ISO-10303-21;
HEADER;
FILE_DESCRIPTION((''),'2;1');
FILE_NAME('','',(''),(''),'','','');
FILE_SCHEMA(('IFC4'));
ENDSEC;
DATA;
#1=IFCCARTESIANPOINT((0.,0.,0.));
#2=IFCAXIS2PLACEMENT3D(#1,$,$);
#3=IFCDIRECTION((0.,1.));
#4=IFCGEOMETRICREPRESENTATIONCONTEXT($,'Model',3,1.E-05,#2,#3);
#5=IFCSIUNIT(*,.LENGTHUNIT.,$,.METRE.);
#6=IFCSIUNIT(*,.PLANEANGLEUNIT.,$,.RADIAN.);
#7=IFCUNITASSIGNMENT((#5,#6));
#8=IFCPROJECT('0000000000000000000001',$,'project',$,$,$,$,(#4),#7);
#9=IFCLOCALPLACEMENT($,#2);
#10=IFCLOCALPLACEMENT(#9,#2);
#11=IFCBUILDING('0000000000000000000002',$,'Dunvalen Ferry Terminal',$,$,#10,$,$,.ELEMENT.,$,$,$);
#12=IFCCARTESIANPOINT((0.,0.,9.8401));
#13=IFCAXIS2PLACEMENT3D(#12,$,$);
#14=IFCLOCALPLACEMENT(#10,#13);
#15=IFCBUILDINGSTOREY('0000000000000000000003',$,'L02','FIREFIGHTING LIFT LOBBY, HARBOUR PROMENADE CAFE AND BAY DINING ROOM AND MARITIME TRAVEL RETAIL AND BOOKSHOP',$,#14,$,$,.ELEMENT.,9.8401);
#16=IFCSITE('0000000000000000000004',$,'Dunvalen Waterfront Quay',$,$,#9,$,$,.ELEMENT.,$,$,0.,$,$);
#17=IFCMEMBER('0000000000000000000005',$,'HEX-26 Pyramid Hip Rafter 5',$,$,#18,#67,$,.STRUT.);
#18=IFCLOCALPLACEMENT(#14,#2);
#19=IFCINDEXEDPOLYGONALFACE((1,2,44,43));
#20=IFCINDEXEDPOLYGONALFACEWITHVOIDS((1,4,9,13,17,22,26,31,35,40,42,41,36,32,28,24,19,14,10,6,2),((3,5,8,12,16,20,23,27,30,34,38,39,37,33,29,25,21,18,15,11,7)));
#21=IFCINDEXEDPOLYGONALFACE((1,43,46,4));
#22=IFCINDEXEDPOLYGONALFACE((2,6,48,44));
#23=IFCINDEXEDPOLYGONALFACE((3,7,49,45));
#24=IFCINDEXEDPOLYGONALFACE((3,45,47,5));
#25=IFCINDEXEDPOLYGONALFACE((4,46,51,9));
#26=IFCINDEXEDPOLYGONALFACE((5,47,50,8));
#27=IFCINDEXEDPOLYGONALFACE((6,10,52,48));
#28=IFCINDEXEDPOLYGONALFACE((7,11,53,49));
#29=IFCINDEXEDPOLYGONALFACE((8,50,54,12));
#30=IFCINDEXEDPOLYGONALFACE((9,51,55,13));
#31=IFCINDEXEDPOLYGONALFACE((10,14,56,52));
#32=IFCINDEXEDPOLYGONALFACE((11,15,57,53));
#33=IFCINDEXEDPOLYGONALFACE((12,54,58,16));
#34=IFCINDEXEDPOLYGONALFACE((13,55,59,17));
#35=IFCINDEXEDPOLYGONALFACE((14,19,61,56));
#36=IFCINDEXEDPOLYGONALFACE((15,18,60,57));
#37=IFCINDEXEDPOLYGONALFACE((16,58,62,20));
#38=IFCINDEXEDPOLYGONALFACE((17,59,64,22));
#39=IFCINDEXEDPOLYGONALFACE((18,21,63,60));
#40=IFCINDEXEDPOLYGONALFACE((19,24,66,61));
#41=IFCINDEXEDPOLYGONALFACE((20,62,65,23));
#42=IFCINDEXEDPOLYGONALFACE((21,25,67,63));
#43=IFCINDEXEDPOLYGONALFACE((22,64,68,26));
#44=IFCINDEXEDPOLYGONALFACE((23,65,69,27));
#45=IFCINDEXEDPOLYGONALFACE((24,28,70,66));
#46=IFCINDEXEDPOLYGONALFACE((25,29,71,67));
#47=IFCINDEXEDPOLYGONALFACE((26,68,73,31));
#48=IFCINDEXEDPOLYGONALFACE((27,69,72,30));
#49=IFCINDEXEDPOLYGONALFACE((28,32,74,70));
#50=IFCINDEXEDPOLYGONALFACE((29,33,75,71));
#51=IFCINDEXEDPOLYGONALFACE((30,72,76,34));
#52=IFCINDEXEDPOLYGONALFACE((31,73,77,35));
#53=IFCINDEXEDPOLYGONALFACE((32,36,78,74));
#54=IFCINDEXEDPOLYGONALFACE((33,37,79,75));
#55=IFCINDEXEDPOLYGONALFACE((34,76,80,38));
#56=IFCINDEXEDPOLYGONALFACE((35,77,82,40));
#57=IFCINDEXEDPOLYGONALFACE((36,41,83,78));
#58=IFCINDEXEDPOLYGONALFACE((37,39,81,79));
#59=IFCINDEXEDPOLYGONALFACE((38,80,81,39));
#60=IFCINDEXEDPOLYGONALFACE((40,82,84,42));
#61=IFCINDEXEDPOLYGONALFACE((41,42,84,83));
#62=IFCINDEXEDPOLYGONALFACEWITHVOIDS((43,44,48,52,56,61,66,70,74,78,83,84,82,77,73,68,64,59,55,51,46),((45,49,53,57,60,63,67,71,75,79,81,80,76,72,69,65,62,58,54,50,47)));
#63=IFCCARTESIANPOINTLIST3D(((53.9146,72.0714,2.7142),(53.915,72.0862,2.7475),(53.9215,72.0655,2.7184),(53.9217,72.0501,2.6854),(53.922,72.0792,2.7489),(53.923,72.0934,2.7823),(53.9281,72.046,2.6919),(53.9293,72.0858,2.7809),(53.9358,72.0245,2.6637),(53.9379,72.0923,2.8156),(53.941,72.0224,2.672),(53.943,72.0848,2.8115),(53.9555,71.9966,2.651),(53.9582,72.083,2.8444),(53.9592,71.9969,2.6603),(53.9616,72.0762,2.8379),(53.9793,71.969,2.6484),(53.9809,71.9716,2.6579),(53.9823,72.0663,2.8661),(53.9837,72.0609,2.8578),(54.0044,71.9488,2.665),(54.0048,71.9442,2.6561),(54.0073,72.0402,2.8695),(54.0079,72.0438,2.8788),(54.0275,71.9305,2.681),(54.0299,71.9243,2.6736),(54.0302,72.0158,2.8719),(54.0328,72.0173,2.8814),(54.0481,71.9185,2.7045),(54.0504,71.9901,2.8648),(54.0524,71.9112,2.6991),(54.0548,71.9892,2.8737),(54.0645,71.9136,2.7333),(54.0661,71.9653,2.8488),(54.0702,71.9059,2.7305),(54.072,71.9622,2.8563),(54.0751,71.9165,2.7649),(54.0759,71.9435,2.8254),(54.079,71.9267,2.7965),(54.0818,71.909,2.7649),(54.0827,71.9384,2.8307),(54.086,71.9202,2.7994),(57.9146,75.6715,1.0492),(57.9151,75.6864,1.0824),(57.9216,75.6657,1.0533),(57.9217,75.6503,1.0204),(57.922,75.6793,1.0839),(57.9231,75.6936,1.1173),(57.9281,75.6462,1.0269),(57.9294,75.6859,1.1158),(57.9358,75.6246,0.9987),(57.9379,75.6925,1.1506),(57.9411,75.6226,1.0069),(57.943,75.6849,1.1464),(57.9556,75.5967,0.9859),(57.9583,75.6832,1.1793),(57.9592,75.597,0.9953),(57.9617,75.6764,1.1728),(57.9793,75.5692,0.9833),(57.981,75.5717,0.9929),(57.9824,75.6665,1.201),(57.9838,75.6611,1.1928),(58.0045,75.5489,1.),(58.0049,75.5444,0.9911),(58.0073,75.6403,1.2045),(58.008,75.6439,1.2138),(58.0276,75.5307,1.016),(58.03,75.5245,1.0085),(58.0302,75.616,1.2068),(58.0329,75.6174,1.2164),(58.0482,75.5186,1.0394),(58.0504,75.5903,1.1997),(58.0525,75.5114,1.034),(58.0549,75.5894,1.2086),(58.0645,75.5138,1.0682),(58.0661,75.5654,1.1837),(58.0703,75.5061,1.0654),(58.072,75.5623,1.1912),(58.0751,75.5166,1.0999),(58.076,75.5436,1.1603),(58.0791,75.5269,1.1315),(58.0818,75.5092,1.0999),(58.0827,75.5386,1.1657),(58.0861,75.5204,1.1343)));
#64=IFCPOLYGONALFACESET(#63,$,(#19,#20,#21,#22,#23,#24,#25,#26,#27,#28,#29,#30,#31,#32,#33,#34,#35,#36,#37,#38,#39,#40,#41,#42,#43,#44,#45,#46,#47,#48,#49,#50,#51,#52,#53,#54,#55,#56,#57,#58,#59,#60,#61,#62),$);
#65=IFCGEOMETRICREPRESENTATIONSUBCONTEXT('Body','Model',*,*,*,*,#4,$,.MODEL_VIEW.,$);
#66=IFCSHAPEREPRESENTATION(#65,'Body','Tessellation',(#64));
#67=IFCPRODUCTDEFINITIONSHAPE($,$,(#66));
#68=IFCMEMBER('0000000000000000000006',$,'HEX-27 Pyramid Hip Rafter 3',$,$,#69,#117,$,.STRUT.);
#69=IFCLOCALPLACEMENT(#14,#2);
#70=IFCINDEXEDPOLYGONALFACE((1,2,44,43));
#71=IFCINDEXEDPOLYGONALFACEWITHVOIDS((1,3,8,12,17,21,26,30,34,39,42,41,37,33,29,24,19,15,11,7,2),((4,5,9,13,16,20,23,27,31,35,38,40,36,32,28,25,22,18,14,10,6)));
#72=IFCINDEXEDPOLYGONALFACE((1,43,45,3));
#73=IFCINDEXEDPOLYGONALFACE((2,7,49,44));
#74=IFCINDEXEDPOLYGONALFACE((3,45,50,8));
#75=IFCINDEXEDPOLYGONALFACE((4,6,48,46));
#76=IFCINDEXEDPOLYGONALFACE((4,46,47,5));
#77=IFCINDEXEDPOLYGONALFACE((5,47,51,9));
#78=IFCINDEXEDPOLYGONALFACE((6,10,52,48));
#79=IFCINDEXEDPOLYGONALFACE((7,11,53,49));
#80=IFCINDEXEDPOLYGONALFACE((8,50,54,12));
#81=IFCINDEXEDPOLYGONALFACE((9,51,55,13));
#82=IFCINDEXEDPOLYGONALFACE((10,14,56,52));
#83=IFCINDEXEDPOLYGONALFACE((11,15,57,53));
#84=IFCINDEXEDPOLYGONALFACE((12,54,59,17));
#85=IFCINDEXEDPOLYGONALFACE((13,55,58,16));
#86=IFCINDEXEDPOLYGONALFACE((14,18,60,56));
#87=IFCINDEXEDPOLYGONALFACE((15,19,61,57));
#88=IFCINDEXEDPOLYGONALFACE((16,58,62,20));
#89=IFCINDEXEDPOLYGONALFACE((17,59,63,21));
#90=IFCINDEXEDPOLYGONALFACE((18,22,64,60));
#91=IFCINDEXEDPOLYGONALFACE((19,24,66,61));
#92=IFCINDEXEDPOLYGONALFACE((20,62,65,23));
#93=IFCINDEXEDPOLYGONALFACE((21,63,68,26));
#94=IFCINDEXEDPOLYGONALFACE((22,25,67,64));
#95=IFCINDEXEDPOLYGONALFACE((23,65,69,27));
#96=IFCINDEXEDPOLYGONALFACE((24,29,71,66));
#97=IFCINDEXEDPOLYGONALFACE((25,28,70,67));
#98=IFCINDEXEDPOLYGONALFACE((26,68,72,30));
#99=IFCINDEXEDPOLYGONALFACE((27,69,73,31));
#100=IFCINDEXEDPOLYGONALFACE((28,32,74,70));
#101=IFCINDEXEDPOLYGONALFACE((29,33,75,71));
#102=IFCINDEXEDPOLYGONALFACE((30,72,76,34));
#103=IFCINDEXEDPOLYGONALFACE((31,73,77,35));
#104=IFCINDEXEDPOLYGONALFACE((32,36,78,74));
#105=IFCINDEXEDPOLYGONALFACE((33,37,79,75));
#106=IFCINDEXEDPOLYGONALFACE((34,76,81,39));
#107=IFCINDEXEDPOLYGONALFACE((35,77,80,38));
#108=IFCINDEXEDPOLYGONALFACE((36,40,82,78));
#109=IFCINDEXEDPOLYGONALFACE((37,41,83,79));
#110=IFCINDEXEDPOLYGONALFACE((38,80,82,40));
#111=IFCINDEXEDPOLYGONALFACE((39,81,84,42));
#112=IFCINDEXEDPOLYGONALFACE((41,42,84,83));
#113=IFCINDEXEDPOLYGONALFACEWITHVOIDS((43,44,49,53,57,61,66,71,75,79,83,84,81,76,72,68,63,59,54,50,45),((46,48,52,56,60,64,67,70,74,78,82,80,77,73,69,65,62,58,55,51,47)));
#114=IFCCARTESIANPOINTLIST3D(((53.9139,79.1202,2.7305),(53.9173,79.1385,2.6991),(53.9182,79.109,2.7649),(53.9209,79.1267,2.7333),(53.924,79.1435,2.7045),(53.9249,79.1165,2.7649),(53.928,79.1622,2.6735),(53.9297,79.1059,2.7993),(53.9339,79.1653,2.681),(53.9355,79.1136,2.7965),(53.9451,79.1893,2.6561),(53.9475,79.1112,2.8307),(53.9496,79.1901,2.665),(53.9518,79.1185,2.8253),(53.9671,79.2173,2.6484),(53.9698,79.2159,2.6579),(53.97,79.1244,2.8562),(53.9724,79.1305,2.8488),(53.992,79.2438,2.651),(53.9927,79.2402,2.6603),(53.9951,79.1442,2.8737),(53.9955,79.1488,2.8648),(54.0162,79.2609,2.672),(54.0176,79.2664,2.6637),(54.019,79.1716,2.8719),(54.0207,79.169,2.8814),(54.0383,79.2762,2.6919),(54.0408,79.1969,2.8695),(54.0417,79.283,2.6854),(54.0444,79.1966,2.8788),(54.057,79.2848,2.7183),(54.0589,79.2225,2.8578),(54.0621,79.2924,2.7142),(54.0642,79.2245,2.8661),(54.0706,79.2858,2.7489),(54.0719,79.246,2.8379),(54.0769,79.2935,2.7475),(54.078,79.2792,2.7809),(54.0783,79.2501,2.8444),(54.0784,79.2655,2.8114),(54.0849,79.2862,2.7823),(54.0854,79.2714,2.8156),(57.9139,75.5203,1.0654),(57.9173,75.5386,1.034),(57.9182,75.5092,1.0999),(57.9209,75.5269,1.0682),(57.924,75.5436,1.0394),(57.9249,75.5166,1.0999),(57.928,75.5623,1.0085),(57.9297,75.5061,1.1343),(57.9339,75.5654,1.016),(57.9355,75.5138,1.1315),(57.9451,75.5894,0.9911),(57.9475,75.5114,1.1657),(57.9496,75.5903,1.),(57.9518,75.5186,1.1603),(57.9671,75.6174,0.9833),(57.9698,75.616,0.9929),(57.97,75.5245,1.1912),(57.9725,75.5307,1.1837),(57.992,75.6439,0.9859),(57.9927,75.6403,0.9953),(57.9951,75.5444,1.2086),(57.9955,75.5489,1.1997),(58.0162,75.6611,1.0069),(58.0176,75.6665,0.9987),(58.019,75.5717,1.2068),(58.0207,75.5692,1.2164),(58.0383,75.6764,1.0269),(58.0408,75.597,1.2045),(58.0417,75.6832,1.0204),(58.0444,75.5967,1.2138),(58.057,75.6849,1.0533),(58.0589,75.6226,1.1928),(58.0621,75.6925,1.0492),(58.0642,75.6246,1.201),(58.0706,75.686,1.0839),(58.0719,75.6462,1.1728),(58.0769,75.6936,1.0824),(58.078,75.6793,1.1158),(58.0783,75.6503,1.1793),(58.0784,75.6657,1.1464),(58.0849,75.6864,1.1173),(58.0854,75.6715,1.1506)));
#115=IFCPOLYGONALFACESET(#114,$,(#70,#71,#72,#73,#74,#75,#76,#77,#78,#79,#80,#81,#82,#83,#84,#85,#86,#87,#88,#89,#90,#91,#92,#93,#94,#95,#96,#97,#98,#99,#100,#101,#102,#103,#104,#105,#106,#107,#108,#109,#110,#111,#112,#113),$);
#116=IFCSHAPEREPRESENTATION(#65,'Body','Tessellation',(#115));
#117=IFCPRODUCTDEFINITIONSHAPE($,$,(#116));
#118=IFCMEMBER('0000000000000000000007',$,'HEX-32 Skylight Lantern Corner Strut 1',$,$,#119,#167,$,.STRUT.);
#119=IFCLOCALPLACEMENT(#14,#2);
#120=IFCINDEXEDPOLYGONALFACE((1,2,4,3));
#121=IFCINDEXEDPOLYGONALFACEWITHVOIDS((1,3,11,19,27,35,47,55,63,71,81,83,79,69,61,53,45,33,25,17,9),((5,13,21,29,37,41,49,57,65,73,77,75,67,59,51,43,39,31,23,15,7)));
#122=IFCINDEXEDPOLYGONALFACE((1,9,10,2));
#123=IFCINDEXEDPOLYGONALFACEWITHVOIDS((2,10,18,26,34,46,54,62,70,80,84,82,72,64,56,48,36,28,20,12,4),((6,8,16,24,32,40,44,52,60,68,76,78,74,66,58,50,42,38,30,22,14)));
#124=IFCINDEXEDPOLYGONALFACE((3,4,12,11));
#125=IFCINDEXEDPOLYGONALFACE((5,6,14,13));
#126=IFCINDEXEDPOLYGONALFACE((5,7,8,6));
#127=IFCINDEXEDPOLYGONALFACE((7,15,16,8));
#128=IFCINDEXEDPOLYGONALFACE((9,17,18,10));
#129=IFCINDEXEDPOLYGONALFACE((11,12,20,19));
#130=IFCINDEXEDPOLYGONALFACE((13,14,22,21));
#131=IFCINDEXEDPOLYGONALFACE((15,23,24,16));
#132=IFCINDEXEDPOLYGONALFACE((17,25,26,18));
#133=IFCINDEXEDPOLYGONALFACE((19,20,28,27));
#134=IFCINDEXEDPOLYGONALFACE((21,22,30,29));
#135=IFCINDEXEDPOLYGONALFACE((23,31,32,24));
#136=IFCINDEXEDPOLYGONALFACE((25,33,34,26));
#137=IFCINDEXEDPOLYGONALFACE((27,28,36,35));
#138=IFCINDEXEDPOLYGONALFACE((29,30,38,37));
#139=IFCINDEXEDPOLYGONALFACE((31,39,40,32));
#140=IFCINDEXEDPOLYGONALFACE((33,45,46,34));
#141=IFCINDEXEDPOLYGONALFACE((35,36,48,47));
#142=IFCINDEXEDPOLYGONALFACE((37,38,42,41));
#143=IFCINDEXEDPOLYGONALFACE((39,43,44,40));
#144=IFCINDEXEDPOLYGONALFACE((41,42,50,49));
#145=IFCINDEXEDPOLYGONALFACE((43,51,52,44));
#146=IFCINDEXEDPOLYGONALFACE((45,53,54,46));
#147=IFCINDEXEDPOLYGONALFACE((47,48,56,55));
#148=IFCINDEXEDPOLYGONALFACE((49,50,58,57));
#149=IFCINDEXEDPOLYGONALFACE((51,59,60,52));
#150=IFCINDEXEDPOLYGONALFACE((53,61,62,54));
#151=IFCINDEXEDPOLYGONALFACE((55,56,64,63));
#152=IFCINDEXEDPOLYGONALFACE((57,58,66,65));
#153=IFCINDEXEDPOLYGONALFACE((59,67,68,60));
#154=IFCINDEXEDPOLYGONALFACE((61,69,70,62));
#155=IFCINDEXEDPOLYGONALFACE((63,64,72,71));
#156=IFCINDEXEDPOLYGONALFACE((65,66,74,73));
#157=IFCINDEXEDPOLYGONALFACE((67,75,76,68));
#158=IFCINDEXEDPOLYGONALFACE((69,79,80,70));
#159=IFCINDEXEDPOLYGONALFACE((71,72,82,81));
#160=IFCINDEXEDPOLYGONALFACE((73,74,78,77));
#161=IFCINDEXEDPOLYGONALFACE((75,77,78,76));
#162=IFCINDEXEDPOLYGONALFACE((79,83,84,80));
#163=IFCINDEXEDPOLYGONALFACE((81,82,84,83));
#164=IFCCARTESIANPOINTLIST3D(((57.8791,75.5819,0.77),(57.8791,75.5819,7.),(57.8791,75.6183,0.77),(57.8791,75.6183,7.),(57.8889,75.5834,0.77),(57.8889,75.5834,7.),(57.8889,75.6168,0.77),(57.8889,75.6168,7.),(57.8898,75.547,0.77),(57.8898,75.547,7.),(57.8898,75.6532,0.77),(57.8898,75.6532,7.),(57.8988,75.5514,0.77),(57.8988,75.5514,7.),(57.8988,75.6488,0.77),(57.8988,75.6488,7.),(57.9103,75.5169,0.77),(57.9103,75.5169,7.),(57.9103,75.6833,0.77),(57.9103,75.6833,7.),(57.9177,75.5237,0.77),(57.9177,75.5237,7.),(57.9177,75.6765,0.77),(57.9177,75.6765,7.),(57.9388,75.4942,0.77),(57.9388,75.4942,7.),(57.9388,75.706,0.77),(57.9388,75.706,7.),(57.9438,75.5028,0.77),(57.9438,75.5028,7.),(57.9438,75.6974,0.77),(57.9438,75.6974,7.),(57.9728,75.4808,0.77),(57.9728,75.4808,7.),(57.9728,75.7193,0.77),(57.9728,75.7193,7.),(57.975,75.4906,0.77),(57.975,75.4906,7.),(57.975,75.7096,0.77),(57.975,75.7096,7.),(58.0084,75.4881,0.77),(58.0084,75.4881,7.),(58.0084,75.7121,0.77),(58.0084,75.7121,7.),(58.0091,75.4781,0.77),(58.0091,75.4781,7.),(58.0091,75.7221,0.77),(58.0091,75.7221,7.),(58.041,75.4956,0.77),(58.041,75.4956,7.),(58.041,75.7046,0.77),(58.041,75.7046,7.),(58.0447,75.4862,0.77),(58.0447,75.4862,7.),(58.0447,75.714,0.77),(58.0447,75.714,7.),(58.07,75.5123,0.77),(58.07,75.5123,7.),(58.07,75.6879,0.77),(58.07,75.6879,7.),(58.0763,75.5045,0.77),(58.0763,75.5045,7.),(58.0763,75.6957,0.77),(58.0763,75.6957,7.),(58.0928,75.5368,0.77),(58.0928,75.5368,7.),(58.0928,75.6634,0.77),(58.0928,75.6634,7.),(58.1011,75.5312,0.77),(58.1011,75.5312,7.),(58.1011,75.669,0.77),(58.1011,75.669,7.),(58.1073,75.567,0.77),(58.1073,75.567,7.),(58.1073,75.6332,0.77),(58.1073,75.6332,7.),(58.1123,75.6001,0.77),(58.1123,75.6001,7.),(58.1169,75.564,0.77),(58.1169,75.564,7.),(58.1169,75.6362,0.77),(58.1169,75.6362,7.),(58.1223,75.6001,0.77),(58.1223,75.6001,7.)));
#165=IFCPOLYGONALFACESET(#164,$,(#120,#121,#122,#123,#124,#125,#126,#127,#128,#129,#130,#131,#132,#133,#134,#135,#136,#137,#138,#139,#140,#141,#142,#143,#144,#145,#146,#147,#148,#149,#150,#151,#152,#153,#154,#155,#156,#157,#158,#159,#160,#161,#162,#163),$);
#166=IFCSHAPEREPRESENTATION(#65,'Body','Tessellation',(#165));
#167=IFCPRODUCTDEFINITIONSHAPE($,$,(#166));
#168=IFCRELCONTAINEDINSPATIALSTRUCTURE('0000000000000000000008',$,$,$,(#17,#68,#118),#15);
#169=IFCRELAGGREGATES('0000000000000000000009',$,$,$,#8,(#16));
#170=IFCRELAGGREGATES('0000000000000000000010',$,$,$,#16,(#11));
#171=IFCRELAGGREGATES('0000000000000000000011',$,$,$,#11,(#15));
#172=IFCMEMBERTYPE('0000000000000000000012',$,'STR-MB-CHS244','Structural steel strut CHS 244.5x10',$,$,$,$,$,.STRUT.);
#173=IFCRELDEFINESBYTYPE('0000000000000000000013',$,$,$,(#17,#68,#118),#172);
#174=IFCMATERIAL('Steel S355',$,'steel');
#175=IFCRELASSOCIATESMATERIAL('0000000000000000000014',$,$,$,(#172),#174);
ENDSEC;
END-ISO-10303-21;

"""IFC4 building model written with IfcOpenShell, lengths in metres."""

from ifc_helpers import new_model, si_unit, direction, frame, origin, origin_2d, place, context, subcontext, project, spatial, hollow_circle, extrude, material, material_profile, profile_set, type_object, element, save


model = new_model("IFC4")

# Units and contexts
model_context = context("Model", 3, precision=1e-05, world=origin(), true_north=direction((0.0, 1.0)))
body_context = subcontext(model_context, "Body", "Model", "MODEL_VIEW")
ifc_project = project(units=[si_unit("LENGTHUNIT", "METRE"), si_unit("PLANEANGLEUNIT", "RADIAN")], contexts=[model_context])

# Site, building, storey
site_placement = place(None, origin())
site = spatial("IfcSite", under=ifc_project, at=site_placement, Name="Dunvalen Waterfront Quay", CompositionType="ELEMENT", RefElevation=0.0)
building_placement = place(site_placement, origin())
building = spatial("IfcBuilding", under=site, at=building_placement, Name="Dunvalen Ferry Terminal", CompositionType="ELEMENT")
storey_placement = place(building_placement, frame((0.0, 0.0, 9.8401)))
storey = spatial("IfcBuildingStorey", under=building, at=storey_placement, Name="L02", Description="FIREFIGHTING LIFT LOBBY, HARBOUR PROMENADE CAFE AND BAY DINING ROOM AND MARITIME TRAVEL RETAIL AND BOOKSHOP", CompositionType="ELEMENT", Elevation=9.8401)

# Shared definitions
ifc_material_1 = material(Name="Steel S355", Category="steel")

# Members
ifc_material_profile_1 = material_profile(ifc_material_1, hollow_circle(Radius=0.1223, WallThickness=0.01, at=origin_2d()), Name="Steel S355")
ifc_profile_set_1 = profile_set([ifc_material_profile_1], Name="Steel S355")
member_type_1 = type_object("IfcMemberType", Name="STR-MB-CHS244", Description="Structural steel strut CHS 244.5x10", PredefinedType="STRUT", material=ifc_profile_set_1)
member_1_placement = place(storey_placement, frame((58.0, 75.6001, 1.0999), z_axis=(-0.710075, -0.639085, 0.295576), x_axis=(0.668975, -0.743285, 0.0)))
element("IfcMember", 1, at=member_1_placement, inside=storey, type_object=member_type_1, Name="HEX-26 Pyramid Hip Rafter 5", PredefinedType="STRUT", context=body_context, shape_type="SweptSolid", body=[
    extrude(hollow_circle(Radius=0.1223, WallThickness=0.01, at=origin_2d()), origin(), (0.0, 0.0, 1.0), 5.6333),
])
member_2_placement = place(storey_placement, frame((58.0, 75.6001, 1.0999), z_axis=(-0.710094, 0.639059, 0.295584), x_axis=(-0.66895, -0.743308, 0.0)))
element("IfcMember", 2, at=member_2_placement, inside=storey, type_object=member_type_1, Name="HEX-27 Pyramid Hip Rafter 3", PredefinedType="STRUT", context=body_context, shape_type="SweptSolid", body=[
    extrude(hollow_circle(Radius=0.1223, WallThickness=0.01, at=origin_2d()), origin(), (0.0, 0.0, 1.0), 5.6331),
])
member_3_placement = place(storey_placement, frame((58.0, 75.6001, 0.77), z_axis=(0.0, 0.0, 1.0), x_axis=(1.0, 0.0, 0.0)))
element("IfcMember", 3, at=member_3_placement, inside=storey, type_object=member_type_1, Name="HEX-32 Skylight Lantern Corner Strut 1", PredefinedType="STRUT", context=body_context, shape_type="SweptSolid", body=[
    extrude(hollow_circle(Radius=0.1223, WallThickness=0.01, at=origin_2d()), origin(), (0.0, 0.0, 1.0), 6.23),
])

save(model, "model.ifc")
